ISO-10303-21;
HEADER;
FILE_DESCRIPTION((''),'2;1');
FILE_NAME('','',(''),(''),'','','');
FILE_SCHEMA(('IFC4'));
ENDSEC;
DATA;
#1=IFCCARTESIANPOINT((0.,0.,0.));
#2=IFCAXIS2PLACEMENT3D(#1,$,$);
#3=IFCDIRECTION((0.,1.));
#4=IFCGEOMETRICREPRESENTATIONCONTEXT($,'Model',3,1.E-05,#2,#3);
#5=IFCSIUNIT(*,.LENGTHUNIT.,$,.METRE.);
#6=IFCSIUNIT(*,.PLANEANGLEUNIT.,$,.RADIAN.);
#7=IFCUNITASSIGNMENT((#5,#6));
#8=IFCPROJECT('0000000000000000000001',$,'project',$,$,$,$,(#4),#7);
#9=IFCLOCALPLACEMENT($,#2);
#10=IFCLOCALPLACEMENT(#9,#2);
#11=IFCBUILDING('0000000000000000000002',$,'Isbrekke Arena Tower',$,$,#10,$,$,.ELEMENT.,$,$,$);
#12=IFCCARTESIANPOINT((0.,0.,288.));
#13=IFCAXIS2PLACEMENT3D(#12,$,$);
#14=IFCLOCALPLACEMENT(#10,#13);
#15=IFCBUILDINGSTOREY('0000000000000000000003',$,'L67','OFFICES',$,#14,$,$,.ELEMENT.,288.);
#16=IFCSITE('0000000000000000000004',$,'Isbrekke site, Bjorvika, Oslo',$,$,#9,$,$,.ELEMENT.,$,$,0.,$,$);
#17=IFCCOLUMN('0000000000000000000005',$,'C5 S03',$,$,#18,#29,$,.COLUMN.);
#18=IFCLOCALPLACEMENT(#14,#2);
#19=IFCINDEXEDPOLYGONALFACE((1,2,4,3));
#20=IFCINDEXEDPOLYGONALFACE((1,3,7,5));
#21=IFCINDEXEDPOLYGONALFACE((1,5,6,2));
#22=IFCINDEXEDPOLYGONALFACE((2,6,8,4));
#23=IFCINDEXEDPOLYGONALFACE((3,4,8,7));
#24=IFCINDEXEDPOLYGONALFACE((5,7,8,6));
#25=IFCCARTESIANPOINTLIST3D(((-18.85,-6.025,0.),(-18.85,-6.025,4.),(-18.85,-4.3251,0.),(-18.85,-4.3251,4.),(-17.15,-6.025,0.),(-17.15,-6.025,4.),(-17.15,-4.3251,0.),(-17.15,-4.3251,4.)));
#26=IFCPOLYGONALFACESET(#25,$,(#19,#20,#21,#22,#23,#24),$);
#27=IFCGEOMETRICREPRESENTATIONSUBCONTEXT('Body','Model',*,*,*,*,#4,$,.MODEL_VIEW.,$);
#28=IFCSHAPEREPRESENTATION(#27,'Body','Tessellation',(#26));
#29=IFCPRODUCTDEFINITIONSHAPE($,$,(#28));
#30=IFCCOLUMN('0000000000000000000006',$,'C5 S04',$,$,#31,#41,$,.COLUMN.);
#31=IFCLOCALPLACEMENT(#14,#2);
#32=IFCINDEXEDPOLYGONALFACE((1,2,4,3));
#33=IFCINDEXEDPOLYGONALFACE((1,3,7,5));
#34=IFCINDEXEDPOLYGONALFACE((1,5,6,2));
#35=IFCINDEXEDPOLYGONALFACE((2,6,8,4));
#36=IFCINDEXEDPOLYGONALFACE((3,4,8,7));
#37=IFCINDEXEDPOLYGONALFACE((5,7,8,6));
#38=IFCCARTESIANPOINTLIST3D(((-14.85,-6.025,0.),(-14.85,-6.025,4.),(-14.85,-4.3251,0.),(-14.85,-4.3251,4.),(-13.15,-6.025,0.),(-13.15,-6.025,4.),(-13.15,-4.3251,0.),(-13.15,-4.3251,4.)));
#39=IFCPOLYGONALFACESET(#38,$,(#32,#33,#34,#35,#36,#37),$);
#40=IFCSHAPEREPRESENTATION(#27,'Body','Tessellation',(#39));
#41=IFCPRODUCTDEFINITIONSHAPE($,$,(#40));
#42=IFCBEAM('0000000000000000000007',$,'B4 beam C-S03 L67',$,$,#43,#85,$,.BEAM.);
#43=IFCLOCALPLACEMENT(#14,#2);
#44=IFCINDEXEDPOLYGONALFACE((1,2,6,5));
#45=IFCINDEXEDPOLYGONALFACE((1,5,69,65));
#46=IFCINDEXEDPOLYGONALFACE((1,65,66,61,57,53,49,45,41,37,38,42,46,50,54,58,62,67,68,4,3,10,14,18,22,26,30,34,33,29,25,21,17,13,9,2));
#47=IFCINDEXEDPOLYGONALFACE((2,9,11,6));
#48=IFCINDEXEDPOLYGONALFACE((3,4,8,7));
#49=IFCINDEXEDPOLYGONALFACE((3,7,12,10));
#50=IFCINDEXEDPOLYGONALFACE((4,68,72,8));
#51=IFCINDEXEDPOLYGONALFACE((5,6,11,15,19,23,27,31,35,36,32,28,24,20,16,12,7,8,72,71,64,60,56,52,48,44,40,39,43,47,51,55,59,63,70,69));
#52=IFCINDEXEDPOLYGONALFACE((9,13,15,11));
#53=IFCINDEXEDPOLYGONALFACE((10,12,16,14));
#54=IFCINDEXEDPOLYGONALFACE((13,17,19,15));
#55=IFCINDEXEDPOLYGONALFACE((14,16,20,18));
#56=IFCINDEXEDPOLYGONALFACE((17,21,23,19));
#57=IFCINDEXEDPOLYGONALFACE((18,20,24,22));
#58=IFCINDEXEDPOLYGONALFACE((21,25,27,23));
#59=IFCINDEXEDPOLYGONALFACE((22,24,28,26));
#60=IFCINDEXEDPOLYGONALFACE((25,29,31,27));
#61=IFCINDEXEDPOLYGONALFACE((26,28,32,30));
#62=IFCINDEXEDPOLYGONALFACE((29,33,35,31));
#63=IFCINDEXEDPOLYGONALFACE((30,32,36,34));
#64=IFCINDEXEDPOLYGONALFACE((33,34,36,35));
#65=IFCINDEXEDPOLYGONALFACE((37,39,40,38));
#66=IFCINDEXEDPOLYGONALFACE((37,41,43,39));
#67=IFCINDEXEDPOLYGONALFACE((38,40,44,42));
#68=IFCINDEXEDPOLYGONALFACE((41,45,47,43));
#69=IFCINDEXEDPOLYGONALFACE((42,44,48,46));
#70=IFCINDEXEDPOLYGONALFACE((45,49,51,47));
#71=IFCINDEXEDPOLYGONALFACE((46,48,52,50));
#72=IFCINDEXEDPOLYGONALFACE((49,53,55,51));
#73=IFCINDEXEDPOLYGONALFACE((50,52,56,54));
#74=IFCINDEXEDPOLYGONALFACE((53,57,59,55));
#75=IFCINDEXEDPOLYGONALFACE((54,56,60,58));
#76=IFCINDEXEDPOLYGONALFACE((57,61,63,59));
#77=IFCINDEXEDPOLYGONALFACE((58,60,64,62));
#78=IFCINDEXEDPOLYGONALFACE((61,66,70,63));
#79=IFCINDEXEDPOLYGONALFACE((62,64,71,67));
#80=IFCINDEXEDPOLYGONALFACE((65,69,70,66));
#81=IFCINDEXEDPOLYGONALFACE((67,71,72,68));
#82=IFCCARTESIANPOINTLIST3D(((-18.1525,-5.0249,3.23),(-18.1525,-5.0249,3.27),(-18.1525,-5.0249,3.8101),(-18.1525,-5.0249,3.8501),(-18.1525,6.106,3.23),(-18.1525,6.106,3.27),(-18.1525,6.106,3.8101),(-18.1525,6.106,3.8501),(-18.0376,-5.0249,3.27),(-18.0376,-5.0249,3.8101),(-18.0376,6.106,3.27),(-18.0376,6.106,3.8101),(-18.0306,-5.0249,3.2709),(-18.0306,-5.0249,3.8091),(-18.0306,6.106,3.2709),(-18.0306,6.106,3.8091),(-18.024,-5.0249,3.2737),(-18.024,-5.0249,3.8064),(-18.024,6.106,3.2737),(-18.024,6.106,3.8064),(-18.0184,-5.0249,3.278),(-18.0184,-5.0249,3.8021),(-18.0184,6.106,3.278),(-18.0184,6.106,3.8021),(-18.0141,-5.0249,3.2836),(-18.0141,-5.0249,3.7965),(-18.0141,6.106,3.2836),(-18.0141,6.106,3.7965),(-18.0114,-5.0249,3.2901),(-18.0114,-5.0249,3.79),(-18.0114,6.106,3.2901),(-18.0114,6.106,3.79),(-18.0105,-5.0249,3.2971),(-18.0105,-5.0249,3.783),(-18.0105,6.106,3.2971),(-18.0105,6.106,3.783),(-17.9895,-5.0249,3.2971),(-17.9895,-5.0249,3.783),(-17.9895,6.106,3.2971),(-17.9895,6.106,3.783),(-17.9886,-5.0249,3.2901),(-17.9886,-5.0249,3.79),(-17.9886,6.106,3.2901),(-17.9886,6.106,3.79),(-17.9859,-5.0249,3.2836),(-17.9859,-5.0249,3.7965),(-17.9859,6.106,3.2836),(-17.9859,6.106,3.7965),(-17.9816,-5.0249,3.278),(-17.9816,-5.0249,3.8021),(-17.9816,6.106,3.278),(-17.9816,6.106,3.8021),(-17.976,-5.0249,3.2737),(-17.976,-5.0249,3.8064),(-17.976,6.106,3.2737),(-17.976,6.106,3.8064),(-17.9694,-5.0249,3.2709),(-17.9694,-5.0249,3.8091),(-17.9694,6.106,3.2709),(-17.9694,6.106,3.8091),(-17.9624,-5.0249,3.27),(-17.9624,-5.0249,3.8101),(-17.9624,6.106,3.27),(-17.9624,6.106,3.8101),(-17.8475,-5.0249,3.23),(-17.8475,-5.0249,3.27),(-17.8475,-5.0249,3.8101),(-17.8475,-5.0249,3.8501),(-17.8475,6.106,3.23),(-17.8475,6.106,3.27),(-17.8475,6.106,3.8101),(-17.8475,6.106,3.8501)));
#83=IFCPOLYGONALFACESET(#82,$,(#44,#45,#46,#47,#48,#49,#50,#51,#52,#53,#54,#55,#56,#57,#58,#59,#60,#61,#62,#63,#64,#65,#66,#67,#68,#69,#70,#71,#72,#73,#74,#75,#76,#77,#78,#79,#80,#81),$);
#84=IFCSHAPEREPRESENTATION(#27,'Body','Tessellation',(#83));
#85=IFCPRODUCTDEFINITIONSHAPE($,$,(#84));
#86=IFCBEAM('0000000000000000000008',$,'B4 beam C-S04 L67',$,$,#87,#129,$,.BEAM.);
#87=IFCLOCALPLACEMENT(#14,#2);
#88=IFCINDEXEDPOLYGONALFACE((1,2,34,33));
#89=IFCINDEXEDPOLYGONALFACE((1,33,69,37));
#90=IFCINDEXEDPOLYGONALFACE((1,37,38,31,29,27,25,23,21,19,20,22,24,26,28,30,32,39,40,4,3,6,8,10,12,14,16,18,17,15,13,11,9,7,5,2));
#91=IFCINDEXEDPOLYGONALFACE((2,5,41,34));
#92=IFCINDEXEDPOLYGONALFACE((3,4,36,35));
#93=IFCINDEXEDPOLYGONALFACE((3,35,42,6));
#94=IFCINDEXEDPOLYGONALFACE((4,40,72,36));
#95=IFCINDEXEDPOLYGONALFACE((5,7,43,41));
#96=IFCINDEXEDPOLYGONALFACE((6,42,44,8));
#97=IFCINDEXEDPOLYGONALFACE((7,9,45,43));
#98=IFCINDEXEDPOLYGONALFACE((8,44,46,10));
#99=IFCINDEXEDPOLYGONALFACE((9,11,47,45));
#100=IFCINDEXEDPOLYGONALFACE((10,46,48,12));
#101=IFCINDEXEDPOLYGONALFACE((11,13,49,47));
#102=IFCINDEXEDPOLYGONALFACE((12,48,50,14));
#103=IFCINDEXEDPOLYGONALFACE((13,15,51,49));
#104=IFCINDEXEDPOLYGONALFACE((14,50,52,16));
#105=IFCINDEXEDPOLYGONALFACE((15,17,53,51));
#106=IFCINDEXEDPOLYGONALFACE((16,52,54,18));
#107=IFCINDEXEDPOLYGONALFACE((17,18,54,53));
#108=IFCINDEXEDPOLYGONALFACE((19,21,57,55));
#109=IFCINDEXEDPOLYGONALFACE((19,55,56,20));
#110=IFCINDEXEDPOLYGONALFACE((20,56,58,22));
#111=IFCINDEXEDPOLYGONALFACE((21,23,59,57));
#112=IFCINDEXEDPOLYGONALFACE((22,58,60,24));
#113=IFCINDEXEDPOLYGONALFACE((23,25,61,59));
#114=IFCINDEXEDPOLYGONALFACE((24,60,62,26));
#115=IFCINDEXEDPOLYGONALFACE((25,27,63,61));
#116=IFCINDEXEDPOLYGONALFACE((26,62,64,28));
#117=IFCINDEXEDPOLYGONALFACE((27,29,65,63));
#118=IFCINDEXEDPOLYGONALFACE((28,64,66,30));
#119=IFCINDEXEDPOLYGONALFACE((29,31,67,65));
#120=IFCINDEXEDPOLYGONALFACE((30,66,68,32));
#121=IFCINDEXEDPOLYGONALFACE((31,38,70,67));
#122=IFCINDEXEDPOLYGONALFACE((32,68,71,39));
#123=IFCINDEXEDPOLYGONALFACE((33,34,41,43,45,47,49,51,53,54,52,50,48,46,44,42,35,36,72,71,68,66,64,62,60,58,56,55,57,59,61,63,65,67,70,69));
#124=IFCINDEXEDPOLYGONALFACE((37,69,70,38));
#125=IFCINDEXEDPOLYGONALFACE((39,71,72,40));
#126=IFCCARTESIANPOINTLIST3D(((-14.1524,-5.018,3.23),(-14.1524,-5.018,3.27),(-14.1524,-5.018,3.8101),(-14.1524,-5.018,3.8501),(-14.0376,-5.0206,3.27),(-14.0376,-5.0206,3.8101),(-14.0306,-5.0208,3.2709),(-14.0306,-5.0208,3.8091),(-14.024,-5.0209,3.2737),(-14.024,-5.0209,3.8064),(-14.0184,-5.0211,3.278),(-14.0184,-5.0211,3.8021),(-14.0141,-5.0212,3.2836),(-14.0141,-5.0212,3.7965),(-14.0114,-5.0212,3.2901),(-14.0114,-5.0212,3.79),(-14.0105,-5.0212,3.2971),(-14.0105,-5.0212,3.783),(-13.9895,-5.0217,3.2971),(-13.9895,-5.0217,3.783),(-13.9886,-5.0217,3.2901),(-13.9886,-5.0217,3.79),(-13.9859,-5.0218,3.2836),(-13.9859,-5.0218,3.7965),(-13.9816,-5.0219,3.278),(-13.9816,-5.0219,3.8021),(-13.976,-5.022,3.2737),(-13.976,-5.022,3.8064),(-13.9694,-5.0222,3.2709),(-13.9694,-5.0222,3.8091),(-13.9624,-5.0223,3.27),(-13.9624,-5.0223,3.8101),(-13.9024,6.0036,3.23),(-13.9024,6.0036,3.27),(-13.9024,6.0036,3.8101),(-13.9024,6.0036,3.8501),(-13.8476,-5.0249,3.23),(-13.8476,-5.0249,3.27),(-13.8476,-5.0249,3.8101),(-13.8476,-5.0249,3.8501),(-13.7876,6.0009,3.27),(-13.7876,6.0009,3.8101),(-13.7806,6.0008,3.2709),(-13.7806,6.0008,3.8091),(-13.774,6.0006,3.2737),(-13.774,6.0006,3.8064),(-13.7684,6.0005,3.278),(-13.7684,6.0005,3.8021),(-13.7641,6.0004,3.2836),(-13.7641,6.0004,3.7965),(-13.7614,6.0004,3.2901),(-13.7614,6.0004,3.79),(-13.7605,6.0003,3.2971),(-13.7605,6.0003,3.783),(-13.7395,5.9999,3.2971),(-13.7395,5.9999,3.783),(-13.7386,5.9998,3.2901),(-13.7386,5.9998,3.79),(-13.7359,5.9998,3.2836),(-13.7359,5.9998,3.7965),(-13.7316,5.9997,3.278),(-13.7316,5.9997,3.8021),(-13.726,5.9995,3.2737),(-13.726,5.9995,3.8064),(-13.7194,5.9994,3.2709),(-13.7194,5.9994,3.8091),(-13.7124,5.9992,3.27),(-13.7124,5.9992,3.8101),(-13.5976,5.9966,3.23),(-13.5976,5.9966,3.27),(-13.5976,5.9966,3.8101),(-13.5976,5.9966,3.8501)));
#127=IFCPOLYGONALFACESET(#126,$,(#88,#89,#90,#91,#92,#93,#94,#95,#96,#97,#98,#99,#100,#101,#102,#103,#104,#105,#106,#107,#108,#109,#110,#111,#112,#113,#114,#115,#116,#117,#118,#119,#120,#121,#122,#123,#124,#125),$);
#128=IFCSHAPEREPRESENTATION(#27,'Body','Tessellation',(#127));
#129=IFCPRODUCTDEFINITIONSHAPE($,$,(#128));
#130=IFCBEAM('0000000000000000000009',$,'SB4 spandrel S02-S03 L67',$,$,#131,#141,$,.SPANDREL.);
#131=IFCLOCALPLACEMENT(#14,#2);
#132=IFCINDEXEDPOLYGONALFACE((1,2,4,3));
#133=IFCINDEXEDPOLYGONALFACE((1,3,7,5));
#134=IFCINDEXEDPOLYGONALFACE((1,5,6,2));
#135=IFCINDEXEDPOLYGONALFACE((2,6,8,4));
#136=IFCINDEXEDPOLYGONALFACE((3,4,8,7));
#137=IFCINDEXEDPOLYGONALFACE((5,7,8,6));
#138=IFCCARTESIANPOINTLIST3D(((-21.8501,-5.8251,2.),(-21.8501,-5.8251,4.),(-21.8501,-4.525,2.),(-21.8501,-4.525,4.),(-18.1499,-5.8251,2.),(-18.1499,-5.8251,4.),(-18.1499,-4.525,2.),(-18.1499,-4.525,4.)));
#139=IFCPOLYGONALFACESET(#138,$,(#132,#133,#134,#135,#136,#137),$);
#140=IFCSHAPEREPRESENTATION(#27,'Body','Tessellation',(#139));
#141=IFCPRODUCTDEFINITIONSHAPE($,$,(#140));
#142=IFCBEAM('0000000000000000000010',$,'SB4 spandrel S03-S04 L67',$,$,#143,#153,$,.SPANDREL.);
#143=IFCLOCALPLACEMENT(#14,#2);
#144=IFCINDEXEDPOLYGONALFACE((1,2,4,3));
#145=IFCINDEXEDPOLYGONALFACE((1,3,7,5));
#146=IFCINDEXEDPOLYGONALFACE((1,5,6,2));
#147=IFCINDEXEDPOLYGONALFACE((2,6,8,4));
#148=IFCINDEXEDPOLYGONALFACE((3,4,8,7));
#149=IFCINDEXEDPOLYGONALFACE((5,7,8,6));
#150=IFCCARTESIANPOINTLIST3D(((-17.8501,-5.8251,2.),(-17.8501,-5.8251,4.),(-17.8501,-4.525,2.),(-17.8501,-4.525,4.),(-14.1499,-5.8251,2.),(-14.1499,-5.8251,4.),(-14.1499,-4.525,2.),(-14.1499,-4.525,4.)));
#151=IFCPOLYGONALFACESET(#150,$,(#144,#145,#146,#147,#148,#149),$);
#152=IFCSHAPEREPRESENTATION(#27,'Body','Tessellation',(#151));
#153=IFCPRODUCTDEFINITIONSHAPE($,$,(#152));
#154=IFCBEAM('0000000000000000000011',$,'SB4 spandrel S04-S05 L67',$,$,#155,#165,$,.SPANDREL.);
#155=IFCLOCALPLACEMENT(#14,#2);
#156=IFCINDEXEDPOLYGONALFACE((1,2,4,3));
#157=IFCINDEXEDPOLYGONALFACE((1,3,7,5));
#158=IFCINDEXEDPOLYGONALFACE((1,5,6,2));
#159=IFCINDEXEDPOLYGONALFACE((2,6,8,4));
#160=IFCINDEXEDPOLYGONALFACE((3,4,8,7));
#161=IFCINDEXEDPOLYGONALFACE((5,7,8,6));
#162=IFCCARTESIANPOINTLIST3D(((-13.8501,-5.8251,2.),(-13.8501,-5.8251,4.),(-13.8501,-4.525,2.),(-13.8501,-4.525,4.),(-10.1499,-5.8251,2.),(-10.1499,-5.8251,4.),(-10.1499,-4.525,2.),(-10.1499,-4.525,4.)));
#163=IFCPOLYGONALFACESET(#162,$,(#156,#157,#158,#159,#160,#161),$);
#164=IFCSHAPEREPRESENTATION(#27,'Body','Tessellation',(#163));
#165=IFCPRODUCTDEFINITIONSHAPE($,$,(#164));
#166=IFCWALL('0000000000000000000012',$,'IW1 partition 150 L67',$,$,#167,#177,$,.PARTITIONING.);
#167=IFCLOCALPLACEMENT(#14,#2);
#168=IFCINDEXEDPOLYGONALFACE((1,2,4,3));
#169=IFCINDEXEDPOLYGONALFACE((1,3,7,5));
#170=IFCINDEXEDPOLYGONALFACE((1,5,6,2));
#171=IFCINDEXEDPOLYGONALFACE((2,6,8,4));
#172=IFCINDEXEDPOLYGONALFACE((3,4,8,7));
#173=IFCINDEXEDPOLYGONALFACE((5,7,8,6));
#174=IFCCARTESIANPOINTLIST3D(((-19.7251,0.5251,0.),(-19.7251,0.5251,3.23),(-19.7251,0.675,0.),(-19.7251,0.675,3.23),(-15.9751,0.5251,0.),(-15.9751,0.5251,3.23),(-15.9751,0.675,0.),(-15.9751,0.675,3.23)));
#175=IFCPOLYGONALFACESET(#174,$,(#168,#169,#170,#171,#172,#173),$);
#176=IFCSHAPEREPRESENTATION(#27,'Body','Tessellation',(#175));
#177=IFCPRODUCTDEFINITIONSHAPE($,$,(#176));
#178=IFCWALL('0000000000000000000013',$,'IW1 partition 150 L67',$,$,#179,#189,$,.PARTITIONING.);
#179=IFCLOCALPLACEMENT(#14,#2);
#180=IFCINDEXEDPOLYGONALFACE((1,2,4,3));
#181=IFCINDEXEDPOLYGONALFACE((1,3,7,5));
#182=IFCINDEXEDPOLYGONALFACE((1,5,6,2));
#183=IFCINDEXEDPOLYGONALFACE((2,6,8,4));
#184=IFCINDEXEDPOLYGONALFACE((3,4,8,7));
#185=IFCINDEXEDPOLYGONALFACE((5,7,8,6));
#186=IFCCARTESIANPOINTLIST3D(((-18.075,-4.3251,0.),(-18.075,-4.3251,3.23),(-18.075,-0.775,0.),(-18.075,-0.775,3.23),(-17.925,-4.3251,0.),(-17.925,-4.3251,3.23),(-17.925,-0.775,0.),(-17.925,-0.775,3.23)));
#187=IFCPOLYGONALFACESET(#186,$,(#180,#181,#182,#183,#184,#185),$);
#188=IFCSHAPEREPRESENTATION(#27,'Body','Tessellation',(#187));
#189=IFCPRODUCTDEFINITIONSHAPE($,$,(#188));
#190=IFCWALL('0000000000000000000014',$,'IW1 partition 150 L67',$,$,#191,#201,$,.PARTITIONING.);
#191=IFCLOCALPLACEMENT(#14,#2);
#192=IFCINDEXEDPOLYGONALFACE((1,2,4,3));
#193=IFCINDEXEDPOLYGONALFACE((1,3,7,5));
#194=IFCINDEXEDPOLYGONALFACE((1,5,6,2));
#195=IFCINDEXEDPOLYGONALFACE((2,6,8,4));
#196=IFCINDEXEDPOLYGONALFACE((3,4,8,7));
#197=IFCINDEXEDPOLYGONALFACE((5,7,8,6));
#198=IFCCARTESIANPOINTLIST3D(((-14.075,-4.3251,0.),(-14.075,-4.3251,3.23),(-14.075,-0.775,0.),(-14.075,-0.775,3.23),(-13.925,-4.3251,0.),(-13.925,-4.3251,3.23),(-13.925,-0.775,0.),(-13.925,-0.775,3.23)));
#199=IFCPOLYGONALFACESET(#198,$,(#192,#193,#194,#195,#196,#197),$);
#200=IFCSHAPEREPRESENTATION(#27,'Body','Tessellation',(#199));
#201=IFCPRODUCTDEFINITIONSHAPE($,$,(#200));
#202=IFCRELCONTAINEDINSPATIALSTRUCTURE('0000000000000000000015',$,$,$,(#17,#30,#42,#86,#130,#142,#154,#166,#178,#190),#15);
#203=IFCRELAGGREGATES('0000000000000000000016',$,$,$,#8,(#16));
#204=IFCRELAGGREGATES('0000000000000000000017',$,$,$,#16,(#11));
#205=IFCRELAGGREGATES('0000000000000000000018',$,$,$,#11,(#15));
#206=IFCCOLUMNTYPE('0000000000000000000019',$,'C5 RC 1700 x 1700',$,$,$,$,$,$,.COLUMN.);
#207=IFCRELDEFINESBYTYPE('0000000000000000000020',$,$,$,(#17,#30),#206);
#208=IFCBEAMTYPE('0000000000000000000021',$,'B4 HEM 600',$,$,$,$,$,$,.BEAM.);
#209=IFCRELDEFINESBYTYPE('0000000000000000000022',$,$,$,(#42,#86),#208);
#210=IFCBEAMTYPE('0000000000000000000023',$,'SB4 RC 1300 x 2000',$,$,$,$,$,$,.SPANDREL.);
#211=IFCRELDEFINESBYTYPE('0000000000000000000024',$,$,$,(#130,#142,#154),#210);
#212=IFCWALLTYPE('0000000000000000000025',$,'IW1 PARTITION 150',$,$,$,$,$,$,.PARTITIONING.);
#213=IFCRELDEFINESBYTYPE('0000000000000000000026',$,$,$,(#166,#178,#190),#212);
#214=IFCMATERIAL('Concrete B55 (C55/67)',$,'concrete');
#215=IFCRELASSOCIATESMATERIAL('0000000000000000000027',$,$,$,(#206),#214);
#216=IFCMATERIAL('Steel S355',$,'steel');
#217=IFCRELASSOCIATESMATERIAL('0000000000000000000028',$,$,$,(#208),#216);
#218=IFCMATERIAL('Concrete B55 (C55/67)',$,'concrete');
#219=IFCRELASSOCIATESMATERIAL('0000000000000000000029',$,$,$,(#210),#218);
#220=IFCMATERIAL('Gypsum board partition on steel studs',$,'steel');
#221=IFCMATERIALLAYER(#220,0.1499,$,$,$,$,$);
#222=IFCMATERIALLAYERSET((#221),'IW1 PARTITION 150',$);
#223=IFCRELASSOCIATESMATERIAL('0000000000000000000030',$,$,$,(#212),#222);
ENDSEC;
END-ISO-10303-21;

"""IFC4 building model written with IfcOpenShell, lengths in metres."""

from ifc_helpers import new_model, si_unit, direction, frame, frame_2d, origin, origin_2d, place, context, subcontext, project, spatial, rectangle, i_section, extrude, material, layer, layer_set, material_profile, profile_set, type_object, element, save


model = new_model("IFC4")

# Units and contexts
model_context = context("Model", 3, precision=1e-05, world=origin(), true_north=direction((0.0, 1.0)))
body_context = subcontext(model_context, "Body", "Model", "MODEL_VIEW")
ifc_project = project(units=[si_unit("LENGTHUNIT", "METRE"), si_unit("PLANEANGLEUNIT", "RADIAN")], contexts=[model_context])

# Site, building, storey
site_placement = place(None, origin())
site = spatial("IfcSite", under=ifc_project, at=site_placement, Name="Isbrekke site, Bjorvika, Oslo", CompositionType="ELEMENT", RefElevation=0.0)
building_placement = place(site_placement, origin())
building = spatial("IfcBuilding", under=site, at=building_placement, Name="Isbrekke Arena Tower", CompositionType="ELEMENT")
storey_placement = place(building_placement, frame((0.0, 0.0, 288.0)))
storey = spatial("IfcBuildingStorey", under=building, at=storey_placement, Name="L67", Description="OFFICES", CompositionType="ELEMENT", Elevation=288.0)

# Columns
ifc_material_1 = material(Name="Concrete B55 (C55/67)", Category="concrete")
ifc_material_profile_1 = material_profile(ifc_material_1, rectangle(XDim=1.7, YDim=1.7, at=origin_2d()), Name="RC 1700x1700")
ifc_profile_set_1 = profile_set([ifc_material_profile_1], Name="Concrete B55 (C55/67)")
column_type = type_object("IfcColumnType", Name="C5 RC 1700 x 1700", PredefinedType="COLUMN", material=ifc_profile_set_1)
for number, where, z_axis, x_axis, name in (
    (1, (-18.0, -5.175, 0.0), (0.0, 0.0, 1.0), (1.0, 0.0, 0.0), "C5 S03"),
    (2, (-14.0, -5.175, 0.0), (0.0, 0.0, 1.0), (1.0, 0.0, 0.0), "C5 S04"),
):
    element("IfcColumn", number, at=place(storey_placement, frame(where, z_axis=z_axis, x_axis=x_axis)), inside=storey, type_object=column_type, Name=name, PredefinedType="COLUMN", context=body_context, shape_type="SweptSolid", body=[
        extrude(rectangle(XDim=1.7, YDim=1.7, at=origin_2d()), origin(), (0.0, 0.0, 1.0), 4.0),
    ])

# Beams
ifc_material_2 = material(Name="Steel S355", Category="steel")
ifc_material_profile_2 = material_profile(ifc_material_2, i_section(OverallWidth=0.3049, OverallDepth=0.6201, WebThickness=0.021, FlangeThickness=0.04, FilletRadius=0.0271, at=origin_2d()), Name="HEM 600")
ifc_profile_set_2 = profile_set([ifc_material_profile_2], Name="Steel S355")
beam_type_1 = type_object("IfcBeamType", Name="B4 HEM 600", PredefinedType="BEAM", material=ifc_profile_set_2)
beam_1_placement = place(storey_placement, frame((-18.0, -5.0249, 3.54), z_axis=(0.0, 1.0, 0.0), x_axis=(-1.0, 0.0, 0.0)))
element("IfcBeam", 3, at=beam_1_placement, inside=storey, type_object=beam_type_1, Name="B4 beam C-S03 L67", PredefinedType="BEAM", context=body_context, shape_type="SweptSolid", body=[
    extrude(i_section(OverallWidth=0.3049, OverallDepth=0.6201, WebThickness=0.021, FlangeThickness=0.04, FilletRadius=0.0271, at=origin_2d()), origin(), (0.0, 0.0, 1.0), 11.1309),
])
beam_2_placement = place(storey_placement, frame((-14.0, -5.0215, 3.54), z_axis=(0.022677, 0.999743, 0.0), x_axis=(-0.999743, 0.022677, 0.0)))
element("IfcBeam", 4, at=beam_2_placement, inside=storey, type_object=beam_type_1, Name="B4 beam C-S04 L67", PredefinedType="BEAM", context=body_context, shape_type="SweptSolid", body=[
    extrude(i_section(OverallWidth=0.3049, OverallDepth=0.6201, WebThickness=0.021, FlangeThickness=0.04, FilletRadius=0.0271, at=origin_2d()), origin(), (0.0, 0.0, 1.0), 11.0244),
])
ifc_material_3 = material(Name="Concrete B55 (C55/67)", Category="concrete")
ifc_material_profile_3 = material_profile(ifc_material_3, rectangle(XDim=1.3, YDim=2.0, at=origin_2d()), Name="RC 1300x2000")
ifc_profile_set_3 = profile_set([ifc_material_profile_3], Name="Concrete B55 (C55/67)")
beam_type_2 = type_object("IfcBeamType", Name="SB4 RC 1300 x 2000", PredefinedType="SPANDREL", material=ifc_profile_set_3)
for number, where, z_axis, x_axis, name in (
    (5, (-21.8501, -5.175, 3.0), (1.0, 0.0, 0.0), (0.0, 1.0, 0.0), "SB4 spandrel S02-S03 L67"),
    (6, (-17.8501, -5.175, 3.0), (1.0, 0.0, 0.0), (0.0, 1.0, 0.0), "SB4 spandrel S03-S04 L67"),
    (7, (-13.8501, -5.175, 3.0), (1.0, 0.0, 0.0), (0.0, 1.0, 0.0), "SB4 spandrel S04-S05 L67"),
):
    element("IfcBeam", number, at=place(storey_placement, frame(where, z_axis=z_axis, x_axis=x_axis)), inside=storey, type_object=beam_type_2, Name=name, PredefinedType="SPANDREL", context=body_context, shape_type="SweptSolid", body=[
        extrude(rectangle(XDim=1.3, YDim=2.0, at=origin_2d()), origin(), (0.0, 0.0, 1.0), 3.7002),
    ])

# Walls
ifc_material_4 = material(Name="Gypsum board partition on steel studs", Category="steel")
ifc_layer = layer(ifc_material_4, 0.1499)
ifc_layer_set = layer_set([ifc_layer], Name="IW1 PARTITION 150")
wall_type = type_object("IfcWallType", Name="IW1 PARTITION 150", PredefinedType="PARTITIONING", material=ifc_layer_set)
wall_placement = place(storey_placement, frame((-19.7251, 0.6001, 0.0), z_axis=(0.0, 0.0, 1.0), x_axis=(1.0, 0.0, 0.0)))
element("IfcWall", 8, at=wall_placement, inside=storey, type_object=wall_type, Name="IW1 partition 150 L67", PredefinedType="PARTITIONING", context=body_context, shape_type="SweptSolid", body=[
    extrude(rectangle(XDim=3.75, YDim=0.1499, at=frame_2d((1.875, 0.0))), origin(), (0.0, 0.0, 1.0), 3.23),
])
for number, where, z_axis, x_axis, name in (
    (9, (-18.0, -4.325, 0.0), (0.0, 0.0, 1.0), (0.0, 1.0, 0.0), "IW1 partition 150 L67"),
    (10, (-14.0, -4.325, 0.0), (0.0, 0.0, 1.0), (0.0, 1.0, 0.0), "IW1 partition 150 L67"),
):
    element("IfcWall", number, at=place(storey_placement, frame(where, z_axis=z_axis, x_axis=x_axis)), inside=storey, type_object=wall_type, Name=name, PredefinedType="PARTITIONING", context=body_context, shape_type="SweptSolid", body=[
        extrude(rectangle(XDim=3.55, YDim=0.1499, at=frame_2d((1.7749, 0.0))), origin(), (0.0, 0.0, 1.0), 3.23),
    ])

save(model, "model.ifc")
